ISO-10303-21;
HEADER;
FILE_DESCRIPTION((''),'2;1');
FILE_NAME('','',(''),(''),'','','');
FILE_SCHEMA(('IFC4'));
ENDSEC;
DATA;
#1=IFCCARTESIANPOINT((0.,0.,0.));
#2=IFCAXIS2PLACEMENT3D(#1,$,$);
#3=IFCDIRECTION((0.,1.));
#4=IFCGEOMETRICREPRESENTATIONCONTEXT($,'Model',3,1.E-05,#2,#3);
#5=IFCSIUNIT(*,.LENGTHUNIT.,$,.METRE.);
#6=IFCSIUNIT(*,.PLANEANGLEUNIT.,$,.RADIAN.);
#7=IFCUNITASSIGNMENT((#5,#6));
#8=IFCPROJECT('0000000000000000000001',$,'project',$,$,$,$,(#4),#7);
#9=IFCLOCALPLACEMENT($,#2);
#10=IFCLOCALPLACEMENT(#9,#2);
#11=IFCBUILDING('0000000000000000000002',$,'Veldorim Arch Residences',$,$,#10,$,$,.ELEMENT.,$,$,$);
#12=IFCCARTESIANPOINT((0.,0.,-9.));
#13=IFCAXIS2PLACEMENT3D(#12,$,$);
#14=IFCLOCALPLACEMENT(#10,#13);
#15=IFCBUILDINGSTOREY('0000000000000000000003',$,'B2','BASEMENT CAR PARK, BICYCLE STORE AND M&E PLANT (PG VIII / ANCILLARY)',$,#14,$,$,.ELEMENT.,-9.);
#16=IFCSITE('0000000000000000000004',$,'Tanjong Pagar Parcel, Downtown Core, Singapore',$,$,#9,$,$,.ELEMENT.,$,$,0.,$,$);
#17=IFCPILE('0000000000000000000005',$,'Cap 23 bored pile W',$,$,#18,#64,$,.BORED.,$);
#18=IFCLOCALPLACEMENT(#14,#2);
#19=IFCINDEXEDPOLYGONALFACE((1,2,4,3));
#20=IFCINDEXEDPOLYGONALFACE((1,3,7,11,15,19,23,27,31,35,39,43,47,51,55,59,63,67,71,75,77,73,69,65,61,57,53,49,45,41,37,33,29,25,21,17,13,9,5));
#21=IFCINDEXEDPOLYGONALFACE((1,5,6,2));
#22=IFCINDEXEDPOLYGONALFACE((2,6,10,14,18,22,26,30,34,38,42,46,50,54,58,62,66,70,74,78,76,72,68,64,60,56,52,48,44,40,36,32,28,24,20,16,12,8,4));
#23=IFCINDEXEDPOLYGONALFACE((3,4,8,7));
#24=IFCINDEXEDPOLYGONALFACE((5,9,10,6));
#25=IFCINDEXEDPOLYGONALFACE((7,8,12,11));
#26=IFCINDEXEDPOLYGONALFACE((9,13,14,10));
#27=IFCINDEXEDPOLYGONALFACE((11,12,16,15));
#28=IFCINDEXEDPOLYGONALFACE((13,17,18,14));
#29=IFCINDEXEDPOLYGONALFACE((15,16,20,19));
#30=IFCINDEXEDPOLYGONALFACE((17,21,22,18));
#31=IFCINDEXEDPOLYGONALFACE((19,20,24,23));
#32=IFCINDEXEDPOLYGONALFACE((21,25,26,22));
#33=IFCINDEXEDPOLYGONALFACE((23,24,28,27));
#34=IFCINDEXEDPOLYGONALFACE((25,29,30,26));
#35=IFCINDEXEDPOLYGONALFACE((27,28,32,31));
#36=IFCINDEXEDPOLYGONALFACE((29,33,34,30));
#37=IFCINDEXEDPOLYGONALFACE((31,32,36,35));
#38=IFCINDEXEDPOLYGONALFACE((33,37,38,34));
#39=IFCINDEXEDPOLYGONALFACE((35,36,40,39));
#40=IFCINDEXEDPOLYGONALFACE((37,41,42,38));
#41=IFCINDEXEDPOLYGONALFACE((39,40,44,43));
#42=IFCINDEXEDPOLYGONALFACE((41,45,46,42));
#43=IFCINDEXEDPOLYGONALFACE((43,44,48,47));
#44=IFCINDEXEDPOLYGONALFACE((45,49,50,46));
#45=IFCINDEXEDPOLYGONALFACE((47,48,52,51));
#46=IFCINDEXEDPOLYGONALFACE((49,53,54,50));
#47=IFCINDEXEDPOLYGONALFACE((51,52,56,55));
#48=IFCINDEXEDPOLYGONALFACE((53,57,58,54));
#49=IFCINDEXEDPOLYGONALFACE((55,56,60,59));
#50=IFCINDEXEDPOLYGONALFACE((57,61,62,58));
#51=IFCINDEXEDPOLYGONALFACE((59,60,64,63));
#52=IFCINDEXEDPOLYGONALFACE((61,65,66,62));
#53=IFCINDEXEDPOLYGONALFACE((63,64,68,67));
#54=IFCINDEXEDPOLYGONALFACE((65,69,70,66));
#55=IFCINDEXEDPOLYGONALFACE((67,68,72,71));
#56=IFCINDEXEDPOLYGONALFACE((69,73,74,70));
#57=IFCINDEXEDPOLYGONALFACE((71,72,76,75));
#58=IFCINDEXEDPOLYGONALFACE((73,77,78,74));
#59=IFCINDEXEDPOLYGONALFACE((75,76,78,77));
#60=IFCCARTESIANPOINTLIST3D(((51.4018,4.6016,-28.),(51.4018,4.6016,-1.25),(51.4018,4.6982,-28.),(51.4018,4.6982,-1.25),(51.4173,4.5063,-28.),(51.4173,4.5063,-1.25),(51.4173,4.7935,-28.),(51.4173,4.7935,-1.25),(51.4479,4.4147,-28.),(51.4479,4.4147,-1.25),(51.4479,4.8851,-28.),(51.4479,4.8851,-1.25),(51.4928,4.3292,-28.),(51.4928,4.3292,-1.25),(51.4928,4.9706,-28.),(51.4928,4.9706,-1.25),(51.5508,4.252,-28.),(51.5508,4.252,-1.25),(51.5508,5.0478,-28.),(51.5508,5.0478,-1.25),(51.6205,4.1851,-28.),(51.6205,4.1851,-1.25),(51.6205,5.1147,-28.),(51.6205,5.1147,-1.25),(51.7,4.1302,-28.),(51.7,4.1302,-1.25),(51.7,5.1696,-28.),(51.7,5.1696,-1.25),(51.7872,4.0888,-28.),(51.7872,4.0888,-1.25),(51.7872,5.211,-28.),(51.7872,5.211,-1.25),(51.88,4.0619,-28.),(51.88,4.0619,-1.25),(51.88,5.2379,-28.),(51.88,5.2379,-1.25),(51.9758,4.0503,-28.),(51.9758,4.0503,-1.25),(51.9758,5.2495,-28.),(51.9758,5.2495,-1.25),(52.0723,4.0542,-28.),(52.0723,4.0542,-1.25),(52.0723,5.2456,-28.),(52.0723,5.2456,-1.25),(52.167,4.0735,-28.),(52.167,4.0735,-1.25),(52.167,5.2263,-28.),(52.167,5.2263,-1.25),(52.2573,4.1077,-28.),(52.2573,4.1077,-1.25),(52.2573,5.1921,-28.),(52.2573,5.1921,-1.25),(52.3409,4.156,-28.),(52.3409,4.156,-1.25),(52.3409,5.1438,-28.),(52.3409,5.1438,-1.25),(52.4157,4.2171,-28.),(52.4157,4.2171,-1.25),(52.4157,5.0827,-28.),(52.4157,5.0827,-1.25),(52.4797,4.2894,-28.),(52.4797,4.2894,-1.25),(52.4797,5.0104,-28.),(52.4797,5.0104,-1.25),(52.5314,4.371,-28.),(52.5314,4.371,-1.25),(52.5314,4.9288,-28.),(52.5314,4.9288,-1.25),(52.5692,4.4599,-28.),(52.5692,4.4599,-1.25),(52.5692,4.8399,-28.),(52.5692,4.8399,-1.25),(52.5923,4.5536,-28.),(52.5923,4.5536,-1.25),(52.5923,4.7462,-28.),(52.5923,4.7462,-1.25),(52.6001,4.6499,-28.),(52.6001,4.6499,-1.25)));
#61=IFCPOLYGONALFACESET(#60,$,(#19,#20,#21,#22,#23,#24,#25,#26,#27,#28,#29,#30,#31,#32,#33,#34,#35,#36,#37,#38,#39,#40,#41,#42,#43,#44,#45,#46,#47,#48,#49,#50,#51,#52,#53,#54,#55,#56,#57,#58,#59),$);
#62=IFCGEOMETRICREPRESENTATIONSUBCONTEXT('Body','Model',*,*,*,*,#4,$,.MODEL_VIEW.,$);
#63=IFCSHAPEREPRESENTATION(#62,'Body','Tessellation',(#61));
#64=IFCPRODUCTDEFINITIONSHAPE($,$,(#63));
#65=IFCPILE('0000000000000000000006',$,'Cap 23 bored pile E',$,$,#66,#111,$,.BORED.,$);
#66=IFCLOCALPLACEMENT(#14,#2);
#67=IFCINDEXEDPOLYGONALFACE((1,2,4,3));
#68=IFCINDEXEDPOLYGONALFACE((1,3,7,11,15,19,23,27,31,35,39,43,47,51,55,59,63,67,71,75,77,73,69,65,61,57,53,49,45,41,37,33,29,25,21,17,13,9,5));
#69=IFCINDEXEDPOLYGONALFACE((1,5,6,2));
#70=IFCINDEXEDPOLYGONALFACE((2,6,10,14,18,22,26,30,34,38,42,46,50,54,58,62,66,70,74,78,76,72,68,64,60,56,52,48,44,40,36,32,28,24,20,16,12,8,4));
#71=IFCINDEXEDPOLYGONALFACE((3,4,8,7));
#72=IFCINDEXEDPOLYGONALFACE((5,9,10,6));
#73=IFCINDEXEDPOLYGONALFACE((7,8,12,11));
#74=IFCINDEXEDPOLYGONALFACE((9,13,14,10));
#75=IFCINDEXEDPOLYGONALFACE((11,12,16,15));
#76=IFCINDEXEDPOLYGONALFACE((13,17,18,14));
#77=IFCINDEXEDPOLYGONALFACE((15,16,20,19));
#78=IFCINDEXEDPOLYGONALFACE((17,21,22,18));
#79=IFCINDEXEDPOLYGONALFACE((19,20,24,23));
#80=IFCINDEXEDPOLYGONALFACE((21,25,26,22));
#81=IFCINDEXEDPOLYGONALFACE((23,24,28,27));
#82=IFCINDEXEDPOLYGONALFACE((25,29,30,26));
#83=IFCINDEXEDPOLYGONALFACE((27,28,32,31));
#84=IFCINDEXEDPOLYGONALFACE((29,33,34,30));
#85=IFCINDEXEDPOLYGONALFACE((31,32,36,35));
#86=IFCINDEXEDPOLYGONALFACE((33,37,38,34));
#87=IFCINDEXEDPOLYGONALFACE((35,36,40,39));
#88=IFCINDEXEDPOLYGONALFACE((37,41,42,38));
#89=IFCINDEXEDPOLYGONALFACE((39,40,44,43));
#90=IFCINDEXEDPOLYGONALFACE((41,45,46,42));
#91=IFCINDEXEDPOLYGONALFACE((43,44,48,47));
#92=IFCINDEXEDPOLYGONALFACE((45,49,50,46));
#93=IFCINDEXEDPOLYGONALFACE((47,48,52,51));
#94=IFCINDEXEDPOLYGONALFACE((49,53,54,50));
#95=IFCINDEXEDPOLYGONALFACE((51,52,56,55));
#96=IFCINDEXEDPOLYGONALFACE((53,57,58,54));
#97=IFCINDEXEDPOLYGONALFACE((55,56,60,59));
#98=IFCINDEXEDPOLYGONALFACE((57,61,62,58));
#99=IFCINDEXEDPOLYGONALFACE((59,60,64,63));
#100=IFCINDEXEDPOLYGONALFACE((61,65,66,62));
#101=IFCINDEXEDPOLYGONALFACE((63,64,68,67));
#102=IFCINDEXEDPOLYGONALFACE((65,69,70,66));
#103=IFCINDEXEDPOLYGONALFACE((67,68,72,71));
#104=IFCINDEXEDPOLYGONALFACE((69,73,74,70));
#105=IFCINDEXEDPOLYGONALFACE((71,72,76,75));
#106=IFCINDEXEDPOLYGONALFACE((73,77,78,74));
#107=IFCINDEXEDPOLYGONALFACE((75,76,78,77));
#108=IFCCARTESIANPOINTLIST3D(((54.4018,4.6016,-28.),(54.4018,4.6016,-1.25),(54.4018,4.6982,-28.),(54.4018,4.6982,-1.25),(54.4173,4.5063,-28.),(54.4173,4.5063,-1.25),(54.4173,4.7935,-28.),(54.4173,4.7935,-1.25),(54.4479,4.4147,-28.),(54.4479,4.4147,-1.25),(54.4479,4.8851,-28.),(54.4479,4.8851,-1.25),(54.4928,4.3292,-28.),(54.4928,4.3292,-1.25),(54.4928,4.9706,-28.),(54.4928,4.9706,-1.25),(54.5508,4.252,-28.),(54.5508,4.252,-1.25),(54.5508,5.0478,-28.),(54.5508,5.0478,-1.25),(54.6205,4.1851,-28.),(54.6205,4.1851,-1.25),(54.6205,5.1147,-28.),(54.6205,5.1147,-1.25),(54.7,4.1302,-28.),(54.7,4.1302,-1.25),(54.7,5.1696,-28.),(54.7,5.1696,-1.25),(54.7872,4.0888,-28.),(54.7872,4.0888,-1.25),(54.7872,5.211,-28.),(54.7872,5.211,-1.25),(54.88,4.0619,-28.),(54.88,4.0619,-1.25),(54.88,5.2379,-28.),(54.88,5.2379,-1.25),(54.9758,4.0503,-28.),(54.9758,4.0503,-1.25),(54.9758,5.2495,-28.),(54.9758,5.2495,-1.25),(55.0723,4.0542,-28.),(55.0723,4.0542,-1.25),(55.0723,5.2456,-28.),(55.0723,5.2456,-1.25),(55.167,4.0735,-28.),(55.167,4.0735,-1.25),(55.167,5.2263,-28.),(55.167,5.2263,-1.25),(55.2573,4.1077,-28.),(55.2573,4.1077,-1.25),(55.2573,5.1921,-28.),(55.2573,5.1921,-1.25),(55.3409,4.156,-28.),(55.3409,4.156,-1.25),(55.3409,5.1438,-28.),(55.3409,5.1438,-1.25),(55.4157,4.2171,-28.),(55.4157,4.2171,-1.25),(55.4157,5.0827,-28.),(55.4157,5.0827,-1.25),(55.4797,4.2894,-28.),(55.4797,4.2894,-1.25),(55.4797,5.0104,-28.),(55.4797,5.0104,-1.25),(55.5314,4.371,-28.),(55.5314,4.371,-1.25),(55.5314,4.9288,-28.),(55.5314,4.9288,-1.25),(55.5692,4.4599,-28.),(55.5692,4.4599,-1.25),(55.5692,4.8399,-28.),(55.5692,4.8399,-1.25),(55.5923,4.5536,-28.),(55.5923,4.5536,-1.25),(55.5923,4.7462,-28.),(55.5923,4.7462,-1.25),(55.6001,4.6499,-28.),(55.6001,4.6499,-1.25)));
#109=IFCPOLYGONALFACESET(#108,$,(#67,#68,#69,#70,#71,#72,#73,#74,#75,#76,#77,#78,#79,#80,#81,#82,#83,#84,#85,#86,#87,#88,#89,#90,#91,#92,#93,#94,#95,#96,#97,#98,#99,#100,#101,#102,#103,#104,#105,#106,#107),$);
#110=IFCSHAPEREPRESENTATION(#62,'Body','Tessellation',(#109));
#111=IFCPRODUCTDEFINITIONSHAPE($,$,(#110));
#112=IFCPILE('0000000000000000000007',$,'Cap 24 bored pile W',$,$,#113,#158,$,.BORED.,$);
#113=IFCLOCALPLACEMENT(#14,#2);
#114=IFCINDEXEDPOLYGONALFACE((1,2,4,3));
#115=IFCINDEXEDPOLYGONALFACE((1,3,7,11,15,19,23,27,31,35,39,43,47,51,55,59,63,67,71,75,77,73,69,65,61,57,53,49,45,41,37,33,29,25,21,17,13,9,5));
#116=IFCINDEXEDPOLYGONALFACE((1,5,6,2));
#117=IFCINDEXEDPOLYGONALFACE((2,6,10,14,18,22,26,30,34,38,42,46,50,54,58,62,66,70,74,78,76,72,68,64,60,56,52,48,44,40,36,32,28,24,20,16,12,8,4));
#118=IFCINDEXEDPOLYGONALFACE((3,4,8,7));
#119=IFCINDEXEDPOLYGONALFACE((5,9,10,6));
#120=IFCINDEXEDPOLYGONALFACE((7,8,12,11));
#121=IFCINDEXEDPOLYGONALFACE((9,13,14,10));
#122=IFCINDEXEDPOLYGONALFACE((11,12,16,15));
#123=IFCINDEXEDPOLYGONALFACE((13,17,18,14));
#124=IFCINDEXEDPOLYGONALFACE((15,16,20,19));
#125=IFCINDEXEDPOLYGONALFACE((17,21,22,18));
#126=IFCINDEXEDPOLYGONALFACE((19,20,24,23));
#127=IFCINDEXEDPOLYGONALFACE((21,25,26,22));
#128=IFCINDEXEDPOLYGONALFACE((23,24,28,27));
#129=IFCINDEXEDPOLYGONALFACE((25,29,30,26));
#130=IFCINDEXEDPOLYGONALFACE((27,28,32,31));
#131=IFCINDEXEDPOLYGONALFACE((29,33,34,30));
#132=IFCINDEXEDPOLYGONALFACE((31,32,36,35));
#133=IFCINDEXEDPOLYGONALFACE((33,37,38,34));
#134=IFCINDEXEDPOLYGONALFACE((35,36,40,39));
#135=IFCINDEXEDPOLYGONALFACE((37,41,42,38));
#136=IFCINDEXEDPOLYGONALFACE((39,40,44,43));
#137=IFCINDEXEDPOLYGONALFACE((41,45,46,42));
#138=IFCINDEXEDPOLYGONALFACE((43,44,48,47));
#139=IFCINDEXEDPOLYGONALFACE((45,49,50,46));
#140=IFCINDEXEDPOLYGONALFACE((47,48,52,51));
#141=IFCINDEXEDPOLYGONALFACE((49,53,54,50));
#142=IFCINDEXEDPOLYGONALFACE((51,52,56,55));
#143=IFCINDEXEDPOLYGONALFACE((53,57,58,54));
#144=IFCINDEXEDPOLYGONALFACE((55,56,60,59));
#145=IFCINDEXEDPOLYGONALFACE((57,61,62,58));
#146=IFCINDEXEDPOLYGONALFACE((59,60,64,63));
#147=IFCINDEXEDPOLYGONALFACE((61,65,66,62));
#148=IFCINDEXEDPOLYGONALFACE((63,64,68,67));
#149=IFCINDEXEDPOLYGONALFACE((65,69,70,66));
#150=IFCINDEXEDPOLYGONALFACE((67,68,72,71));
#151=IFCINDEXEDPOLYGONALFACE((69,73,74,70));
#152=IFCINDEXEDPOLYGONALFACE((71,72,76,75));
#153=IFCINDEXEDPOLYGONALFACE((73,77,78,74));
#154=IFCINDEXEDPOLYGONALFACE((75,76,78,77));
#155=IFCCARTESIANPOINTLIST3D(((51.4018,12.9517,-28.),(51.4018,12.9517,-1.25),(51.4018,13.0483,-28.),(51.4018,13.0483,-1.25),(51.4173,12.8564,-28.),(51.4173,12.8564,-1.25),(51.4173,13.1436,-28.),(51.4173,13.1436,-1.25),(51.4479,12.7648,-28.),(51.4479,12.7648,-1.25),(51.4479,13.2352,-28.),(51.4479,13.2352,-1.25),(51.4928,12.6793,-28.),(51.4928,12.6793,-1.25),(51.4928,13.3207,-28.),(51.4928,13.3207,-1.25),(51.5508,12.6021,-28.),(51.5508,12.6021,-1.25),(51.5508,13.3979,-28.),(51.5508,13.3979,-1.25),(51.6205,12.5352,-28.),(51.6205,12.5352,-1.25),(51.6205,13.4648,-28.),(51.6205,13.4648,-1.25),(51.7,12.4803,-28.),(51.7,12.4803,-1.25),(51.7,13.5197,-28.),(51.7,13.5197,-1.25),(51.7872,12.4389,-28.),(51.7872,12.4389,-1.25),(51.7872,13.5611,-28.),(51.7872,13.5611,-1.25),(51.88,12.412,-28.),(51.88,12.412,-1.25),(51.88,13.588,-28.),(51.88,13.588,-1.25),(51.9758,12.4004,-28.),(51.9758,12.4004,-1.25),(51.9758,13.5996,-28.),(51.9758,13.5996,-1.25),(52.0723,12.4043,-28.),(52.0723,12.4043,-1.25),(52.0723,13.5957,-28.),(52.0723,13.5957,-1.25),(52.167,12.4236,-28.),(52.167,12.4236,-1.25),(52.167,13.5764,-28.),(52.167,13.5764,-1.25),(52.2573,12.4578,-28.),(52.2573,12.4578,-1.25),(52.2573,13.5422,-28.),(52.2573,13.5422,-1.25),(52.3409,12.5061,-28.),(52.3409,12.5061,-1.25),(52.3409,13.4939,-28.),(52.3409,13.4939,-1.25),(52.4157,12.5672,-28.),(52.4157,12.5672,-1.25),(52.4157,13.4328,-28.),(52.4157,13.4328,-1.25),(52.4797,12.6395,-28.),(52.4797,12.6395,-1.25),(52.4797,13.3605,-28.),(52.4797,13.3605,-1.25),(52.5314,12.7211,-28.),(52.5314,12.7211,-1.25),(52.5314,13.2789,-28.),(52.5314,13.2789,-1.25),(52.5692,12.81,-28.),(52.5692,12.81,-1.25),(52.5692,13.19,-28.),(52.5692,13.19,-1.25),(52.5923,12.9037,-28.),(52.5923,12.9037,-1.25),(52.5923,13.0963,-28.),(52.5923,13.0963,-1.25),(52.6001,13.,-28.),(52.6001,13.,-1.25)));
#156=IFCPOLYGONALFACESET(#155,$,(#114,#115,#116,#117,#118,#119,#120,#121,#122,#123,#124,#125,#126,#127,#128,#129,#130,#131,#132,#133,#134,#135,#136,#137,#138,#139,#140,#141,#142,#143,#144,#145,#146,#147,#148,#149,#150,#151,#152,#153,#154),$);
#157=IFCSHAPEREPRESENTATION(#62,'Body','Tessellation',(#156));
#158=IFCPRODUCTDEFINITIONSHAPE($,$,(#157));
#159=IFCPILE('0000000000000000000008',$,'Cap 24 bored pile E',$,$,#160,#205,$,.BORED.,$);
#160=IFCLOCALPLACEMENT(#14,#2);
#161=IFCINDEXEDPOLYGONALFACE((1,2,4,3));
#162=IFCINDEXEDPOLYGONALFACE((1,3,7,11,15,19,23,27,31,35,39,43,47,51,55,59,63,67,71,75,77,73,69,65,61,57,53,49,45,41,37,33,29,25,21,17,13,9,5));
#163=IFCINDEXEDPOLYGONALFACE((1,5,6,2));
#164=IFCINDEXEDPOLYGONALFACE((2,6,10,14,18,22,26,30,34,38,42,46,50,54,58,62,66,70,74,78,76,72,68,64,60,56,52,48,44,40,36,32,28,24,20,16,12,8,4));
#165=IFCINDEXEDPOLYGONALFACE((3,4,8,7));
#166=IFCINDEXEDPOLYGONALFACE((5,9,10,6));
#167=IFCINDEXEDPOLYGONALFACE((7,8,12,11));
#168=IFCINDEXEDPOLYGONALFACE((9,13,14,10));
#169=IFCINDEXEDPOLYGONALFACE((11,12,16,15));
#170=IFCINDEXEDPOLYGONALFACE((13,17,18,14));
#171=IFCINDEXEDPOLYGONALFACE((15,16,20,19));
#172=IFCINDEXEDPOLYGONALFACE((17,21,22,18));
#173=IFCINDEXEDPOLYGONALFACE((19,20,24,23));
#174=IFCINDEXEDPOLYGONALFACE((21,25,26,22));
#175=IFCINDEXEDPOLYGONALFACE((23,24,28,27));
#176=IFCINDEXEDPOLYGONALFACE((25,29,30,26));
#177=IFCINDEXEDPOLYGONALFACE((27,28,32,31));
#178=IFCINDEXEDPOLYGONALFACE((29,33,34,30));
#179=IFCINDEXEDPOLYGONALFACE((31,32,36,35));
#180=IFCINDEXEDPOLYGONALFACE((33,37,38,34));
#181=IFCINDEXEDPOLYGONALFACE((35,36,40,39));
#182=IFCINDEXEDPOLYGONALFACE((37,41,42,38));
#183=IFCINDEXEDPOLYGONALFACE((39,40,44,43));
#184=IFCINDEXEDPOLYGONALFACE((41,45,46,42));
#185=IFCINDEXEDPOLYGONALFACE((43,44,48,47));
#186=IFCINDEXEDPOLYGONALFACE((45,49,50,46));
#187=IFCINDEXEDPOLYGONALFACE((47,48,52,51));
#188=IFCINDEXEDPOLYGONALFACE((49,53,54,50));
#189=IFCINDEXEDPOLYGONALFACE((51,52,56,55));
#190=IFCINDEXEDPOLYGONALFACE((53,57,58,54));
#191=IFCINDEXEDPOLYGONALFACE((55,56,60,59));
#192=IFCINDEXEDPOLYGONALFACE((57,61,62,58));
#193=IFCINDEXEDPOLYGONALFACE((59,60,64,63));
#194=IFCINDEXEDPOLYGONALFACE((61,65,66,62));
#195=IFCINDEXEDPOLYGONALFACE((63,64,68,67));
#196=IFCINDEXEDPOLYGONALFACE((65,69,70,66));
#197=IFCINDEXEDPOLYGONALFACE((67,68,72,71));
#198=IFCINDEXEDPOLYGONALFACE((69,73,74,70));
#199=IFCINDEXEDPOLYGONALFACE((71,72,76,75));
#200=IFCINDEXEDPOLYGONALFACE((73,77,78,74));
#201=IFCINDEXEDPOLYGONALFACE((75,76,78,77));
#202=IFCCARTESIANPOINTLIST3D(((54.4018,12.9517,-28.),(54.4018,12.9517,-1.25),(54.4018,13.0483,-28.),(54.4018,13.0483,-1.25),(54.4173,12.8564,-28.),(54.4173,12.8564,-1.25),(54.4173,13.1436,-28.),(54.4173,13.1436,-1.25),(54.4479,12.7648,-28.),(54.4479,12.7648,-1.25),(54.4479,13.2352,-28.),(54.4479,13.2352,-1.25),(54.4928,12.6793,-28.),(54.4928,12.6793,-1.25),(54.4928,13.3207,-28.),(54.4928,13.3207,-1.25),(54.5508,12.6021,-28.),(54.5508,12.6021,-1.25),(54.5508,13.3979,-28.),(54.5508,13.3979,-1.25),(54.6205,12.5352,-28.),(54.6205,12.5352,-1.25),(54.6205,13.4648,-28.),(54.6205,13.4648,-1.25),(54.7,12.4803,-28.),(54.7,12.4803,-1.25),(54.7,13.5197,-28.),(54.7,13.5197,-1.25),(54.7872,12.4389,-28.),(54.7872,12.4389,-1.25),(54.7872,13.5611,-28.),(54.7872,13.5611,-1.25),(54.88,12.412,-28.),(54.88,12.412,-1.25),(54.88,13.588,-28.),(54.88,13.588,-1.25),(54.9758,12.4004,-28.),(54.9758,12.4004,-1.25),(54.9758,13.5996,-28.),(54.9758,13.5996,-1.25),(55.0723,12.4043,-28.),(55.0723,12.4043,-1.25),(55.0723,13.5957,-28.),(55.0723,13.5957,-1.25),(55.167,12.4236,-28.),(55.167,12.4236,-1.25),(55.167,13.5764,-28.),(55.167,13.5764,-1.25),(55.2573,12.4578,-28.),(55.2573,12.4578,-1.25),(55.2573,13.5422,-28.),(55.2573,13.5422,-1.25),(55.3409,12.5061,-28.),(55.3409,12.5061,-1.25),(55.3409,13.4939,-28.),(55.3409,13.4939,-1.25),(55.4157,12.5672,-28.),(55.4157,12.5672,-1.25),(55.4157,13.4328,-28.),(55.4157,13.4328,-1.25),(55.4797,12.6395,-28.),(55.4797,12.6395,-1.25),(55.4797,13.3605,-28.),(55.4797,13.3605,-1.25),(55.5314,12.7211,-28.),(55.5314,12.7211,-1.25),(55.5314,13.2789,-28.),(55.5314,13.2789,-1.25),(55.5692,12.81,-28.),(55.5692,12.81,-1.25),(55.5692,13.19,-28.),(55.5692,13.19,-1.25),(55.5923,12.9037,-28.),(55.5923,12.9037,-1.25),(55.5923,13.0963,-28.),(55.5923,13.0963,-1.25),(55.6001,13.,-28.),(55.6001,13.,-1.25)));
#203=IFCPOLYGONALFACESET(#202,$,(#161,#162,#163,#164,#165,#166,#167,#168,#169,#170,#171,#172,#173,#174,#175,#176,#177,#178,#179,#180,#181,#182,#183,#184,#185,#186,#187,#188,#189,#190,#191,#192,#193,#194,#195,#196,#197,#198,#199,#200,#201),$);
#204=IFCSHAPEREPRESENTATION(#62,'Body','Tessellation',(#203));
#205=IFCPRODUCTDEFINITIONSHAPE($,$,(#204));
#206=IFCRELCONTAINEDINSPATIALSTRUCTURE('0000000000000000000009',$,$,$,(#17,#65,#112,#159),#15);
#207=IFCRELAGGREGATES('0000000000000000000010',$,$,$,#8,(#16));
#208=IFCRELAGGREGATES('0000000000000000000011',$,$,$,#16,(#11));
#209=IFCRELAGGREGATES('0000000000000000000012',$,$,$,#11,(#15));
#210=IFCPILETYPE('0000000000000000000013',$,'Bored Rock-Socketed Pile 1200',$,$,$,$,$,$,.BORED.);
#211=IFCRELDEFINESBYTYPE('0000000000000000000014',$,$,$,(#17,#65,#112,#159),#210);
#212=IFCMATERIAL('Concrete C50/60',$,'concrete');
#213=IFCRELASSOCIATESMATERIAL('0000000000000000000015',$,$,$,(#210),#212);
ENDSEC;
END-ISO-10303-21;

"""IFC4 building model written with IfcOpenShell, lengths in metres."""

from ifc_helpers import new_model, si_unit, direction, frame, origin, origin_2d, place, context, subcontext, project, spatial, circle, extrude, material, material_profile, profile_set, type_object, element, save


model = new_model("IFC4")

# Units and contexts
model_context = context("Model", 3, precision=1e-05, world=origin(), true_north=direction((0.0, 1.0)))
body_context = subcontext(model_context, "Body", "Model", "MODEL_VIEW")
ifc_project = project(units=[si_unit("LENGTHUNIT", "METRE"), si_unit("PLANEANGLEUNIT", "RADIAN")], contexts=[model_context])

# Site, building, storey
site_placement = place(None, origin())
site = spatial("IfcSite", under=ifc_project, at=site_placement, Name="Tanjong Pagar Parcel, Downtown Core, Singapore", CompositionType="ELEMENT", RefElevation=0.0)
building_placement = place(site_placement, origin())
building = spatial("IfcBuilding", under=site, at=building_placement, Name="Veldorim Arch Residences", CompositionType="ELEMENT")
storey_placement = place(building_placement, frame((0.0, 0.0, -9.0)))
storey = spatial("IfcBuildingStorey", under=building, at=storey_placement, Name="B2", Description="BASEMENT CAR PARK, BICYCLE STORE AND M&E PLANT (PG VIII / ANCILLARY)", CompositionType="ELEMENT", Elevation=-9.0)

# Piles
ifc_material_1 = material(Name="Concrete C50/60", Category="concrete")
ifc_material_profile_1 = material_profile(ifc_material_1, circle(Radius=0.6001, at=origin_2d()), Name="PILE_1200")
ifc_profile_set_1 = profile_set([ifc_material_profile_1], Name="Concrete C50/60")
pile_type = type_object("IfcPileType", Name="Bored Rock-Socketed Pile 1200", PredefinedType="BORED", material=ifc_profile_set_1)
for number, where, z_axis, x_axis, name in (
    (1, (52.0, 4.6499, -1.25), (0.0, 0.0, -1.0), (1.0, 0.0, 0.0), "Cap 23 bored pile W"),
    (2, (55.0, 4.6499, -1.25), (0.0, 0.0, -1.0), (1.0, 0.0, 0.0), "Cap 23 bored pile E"),
    (3, (52.0, 13.0, -1.25), (0.0, 0.0, -1.0), (1.0, 0.0, 0.0), "Cap 24 bored pile W"),
    (4, (55.0, 13.0, -1.25), (0.0, 0.0, -1.0), (1.0, 0.0, 0.0), "Cap 24 bored pile E"),
):
    element("IfcPile", number, at=place(storey_placement, frame(where, z_axis=z_axis, x_axis=x_axis)), inside=storey, type_object=pile_type, Name=name, PredefinedType="BORED", context=body_context, shape_type="SweptSolid", body=[
        extrude(circle(Radius=0.6001, at=origin_2d()), origin(), (0.0, 0.0, 1.0), 26.75),
    ])

save(model, "model.ifc")
